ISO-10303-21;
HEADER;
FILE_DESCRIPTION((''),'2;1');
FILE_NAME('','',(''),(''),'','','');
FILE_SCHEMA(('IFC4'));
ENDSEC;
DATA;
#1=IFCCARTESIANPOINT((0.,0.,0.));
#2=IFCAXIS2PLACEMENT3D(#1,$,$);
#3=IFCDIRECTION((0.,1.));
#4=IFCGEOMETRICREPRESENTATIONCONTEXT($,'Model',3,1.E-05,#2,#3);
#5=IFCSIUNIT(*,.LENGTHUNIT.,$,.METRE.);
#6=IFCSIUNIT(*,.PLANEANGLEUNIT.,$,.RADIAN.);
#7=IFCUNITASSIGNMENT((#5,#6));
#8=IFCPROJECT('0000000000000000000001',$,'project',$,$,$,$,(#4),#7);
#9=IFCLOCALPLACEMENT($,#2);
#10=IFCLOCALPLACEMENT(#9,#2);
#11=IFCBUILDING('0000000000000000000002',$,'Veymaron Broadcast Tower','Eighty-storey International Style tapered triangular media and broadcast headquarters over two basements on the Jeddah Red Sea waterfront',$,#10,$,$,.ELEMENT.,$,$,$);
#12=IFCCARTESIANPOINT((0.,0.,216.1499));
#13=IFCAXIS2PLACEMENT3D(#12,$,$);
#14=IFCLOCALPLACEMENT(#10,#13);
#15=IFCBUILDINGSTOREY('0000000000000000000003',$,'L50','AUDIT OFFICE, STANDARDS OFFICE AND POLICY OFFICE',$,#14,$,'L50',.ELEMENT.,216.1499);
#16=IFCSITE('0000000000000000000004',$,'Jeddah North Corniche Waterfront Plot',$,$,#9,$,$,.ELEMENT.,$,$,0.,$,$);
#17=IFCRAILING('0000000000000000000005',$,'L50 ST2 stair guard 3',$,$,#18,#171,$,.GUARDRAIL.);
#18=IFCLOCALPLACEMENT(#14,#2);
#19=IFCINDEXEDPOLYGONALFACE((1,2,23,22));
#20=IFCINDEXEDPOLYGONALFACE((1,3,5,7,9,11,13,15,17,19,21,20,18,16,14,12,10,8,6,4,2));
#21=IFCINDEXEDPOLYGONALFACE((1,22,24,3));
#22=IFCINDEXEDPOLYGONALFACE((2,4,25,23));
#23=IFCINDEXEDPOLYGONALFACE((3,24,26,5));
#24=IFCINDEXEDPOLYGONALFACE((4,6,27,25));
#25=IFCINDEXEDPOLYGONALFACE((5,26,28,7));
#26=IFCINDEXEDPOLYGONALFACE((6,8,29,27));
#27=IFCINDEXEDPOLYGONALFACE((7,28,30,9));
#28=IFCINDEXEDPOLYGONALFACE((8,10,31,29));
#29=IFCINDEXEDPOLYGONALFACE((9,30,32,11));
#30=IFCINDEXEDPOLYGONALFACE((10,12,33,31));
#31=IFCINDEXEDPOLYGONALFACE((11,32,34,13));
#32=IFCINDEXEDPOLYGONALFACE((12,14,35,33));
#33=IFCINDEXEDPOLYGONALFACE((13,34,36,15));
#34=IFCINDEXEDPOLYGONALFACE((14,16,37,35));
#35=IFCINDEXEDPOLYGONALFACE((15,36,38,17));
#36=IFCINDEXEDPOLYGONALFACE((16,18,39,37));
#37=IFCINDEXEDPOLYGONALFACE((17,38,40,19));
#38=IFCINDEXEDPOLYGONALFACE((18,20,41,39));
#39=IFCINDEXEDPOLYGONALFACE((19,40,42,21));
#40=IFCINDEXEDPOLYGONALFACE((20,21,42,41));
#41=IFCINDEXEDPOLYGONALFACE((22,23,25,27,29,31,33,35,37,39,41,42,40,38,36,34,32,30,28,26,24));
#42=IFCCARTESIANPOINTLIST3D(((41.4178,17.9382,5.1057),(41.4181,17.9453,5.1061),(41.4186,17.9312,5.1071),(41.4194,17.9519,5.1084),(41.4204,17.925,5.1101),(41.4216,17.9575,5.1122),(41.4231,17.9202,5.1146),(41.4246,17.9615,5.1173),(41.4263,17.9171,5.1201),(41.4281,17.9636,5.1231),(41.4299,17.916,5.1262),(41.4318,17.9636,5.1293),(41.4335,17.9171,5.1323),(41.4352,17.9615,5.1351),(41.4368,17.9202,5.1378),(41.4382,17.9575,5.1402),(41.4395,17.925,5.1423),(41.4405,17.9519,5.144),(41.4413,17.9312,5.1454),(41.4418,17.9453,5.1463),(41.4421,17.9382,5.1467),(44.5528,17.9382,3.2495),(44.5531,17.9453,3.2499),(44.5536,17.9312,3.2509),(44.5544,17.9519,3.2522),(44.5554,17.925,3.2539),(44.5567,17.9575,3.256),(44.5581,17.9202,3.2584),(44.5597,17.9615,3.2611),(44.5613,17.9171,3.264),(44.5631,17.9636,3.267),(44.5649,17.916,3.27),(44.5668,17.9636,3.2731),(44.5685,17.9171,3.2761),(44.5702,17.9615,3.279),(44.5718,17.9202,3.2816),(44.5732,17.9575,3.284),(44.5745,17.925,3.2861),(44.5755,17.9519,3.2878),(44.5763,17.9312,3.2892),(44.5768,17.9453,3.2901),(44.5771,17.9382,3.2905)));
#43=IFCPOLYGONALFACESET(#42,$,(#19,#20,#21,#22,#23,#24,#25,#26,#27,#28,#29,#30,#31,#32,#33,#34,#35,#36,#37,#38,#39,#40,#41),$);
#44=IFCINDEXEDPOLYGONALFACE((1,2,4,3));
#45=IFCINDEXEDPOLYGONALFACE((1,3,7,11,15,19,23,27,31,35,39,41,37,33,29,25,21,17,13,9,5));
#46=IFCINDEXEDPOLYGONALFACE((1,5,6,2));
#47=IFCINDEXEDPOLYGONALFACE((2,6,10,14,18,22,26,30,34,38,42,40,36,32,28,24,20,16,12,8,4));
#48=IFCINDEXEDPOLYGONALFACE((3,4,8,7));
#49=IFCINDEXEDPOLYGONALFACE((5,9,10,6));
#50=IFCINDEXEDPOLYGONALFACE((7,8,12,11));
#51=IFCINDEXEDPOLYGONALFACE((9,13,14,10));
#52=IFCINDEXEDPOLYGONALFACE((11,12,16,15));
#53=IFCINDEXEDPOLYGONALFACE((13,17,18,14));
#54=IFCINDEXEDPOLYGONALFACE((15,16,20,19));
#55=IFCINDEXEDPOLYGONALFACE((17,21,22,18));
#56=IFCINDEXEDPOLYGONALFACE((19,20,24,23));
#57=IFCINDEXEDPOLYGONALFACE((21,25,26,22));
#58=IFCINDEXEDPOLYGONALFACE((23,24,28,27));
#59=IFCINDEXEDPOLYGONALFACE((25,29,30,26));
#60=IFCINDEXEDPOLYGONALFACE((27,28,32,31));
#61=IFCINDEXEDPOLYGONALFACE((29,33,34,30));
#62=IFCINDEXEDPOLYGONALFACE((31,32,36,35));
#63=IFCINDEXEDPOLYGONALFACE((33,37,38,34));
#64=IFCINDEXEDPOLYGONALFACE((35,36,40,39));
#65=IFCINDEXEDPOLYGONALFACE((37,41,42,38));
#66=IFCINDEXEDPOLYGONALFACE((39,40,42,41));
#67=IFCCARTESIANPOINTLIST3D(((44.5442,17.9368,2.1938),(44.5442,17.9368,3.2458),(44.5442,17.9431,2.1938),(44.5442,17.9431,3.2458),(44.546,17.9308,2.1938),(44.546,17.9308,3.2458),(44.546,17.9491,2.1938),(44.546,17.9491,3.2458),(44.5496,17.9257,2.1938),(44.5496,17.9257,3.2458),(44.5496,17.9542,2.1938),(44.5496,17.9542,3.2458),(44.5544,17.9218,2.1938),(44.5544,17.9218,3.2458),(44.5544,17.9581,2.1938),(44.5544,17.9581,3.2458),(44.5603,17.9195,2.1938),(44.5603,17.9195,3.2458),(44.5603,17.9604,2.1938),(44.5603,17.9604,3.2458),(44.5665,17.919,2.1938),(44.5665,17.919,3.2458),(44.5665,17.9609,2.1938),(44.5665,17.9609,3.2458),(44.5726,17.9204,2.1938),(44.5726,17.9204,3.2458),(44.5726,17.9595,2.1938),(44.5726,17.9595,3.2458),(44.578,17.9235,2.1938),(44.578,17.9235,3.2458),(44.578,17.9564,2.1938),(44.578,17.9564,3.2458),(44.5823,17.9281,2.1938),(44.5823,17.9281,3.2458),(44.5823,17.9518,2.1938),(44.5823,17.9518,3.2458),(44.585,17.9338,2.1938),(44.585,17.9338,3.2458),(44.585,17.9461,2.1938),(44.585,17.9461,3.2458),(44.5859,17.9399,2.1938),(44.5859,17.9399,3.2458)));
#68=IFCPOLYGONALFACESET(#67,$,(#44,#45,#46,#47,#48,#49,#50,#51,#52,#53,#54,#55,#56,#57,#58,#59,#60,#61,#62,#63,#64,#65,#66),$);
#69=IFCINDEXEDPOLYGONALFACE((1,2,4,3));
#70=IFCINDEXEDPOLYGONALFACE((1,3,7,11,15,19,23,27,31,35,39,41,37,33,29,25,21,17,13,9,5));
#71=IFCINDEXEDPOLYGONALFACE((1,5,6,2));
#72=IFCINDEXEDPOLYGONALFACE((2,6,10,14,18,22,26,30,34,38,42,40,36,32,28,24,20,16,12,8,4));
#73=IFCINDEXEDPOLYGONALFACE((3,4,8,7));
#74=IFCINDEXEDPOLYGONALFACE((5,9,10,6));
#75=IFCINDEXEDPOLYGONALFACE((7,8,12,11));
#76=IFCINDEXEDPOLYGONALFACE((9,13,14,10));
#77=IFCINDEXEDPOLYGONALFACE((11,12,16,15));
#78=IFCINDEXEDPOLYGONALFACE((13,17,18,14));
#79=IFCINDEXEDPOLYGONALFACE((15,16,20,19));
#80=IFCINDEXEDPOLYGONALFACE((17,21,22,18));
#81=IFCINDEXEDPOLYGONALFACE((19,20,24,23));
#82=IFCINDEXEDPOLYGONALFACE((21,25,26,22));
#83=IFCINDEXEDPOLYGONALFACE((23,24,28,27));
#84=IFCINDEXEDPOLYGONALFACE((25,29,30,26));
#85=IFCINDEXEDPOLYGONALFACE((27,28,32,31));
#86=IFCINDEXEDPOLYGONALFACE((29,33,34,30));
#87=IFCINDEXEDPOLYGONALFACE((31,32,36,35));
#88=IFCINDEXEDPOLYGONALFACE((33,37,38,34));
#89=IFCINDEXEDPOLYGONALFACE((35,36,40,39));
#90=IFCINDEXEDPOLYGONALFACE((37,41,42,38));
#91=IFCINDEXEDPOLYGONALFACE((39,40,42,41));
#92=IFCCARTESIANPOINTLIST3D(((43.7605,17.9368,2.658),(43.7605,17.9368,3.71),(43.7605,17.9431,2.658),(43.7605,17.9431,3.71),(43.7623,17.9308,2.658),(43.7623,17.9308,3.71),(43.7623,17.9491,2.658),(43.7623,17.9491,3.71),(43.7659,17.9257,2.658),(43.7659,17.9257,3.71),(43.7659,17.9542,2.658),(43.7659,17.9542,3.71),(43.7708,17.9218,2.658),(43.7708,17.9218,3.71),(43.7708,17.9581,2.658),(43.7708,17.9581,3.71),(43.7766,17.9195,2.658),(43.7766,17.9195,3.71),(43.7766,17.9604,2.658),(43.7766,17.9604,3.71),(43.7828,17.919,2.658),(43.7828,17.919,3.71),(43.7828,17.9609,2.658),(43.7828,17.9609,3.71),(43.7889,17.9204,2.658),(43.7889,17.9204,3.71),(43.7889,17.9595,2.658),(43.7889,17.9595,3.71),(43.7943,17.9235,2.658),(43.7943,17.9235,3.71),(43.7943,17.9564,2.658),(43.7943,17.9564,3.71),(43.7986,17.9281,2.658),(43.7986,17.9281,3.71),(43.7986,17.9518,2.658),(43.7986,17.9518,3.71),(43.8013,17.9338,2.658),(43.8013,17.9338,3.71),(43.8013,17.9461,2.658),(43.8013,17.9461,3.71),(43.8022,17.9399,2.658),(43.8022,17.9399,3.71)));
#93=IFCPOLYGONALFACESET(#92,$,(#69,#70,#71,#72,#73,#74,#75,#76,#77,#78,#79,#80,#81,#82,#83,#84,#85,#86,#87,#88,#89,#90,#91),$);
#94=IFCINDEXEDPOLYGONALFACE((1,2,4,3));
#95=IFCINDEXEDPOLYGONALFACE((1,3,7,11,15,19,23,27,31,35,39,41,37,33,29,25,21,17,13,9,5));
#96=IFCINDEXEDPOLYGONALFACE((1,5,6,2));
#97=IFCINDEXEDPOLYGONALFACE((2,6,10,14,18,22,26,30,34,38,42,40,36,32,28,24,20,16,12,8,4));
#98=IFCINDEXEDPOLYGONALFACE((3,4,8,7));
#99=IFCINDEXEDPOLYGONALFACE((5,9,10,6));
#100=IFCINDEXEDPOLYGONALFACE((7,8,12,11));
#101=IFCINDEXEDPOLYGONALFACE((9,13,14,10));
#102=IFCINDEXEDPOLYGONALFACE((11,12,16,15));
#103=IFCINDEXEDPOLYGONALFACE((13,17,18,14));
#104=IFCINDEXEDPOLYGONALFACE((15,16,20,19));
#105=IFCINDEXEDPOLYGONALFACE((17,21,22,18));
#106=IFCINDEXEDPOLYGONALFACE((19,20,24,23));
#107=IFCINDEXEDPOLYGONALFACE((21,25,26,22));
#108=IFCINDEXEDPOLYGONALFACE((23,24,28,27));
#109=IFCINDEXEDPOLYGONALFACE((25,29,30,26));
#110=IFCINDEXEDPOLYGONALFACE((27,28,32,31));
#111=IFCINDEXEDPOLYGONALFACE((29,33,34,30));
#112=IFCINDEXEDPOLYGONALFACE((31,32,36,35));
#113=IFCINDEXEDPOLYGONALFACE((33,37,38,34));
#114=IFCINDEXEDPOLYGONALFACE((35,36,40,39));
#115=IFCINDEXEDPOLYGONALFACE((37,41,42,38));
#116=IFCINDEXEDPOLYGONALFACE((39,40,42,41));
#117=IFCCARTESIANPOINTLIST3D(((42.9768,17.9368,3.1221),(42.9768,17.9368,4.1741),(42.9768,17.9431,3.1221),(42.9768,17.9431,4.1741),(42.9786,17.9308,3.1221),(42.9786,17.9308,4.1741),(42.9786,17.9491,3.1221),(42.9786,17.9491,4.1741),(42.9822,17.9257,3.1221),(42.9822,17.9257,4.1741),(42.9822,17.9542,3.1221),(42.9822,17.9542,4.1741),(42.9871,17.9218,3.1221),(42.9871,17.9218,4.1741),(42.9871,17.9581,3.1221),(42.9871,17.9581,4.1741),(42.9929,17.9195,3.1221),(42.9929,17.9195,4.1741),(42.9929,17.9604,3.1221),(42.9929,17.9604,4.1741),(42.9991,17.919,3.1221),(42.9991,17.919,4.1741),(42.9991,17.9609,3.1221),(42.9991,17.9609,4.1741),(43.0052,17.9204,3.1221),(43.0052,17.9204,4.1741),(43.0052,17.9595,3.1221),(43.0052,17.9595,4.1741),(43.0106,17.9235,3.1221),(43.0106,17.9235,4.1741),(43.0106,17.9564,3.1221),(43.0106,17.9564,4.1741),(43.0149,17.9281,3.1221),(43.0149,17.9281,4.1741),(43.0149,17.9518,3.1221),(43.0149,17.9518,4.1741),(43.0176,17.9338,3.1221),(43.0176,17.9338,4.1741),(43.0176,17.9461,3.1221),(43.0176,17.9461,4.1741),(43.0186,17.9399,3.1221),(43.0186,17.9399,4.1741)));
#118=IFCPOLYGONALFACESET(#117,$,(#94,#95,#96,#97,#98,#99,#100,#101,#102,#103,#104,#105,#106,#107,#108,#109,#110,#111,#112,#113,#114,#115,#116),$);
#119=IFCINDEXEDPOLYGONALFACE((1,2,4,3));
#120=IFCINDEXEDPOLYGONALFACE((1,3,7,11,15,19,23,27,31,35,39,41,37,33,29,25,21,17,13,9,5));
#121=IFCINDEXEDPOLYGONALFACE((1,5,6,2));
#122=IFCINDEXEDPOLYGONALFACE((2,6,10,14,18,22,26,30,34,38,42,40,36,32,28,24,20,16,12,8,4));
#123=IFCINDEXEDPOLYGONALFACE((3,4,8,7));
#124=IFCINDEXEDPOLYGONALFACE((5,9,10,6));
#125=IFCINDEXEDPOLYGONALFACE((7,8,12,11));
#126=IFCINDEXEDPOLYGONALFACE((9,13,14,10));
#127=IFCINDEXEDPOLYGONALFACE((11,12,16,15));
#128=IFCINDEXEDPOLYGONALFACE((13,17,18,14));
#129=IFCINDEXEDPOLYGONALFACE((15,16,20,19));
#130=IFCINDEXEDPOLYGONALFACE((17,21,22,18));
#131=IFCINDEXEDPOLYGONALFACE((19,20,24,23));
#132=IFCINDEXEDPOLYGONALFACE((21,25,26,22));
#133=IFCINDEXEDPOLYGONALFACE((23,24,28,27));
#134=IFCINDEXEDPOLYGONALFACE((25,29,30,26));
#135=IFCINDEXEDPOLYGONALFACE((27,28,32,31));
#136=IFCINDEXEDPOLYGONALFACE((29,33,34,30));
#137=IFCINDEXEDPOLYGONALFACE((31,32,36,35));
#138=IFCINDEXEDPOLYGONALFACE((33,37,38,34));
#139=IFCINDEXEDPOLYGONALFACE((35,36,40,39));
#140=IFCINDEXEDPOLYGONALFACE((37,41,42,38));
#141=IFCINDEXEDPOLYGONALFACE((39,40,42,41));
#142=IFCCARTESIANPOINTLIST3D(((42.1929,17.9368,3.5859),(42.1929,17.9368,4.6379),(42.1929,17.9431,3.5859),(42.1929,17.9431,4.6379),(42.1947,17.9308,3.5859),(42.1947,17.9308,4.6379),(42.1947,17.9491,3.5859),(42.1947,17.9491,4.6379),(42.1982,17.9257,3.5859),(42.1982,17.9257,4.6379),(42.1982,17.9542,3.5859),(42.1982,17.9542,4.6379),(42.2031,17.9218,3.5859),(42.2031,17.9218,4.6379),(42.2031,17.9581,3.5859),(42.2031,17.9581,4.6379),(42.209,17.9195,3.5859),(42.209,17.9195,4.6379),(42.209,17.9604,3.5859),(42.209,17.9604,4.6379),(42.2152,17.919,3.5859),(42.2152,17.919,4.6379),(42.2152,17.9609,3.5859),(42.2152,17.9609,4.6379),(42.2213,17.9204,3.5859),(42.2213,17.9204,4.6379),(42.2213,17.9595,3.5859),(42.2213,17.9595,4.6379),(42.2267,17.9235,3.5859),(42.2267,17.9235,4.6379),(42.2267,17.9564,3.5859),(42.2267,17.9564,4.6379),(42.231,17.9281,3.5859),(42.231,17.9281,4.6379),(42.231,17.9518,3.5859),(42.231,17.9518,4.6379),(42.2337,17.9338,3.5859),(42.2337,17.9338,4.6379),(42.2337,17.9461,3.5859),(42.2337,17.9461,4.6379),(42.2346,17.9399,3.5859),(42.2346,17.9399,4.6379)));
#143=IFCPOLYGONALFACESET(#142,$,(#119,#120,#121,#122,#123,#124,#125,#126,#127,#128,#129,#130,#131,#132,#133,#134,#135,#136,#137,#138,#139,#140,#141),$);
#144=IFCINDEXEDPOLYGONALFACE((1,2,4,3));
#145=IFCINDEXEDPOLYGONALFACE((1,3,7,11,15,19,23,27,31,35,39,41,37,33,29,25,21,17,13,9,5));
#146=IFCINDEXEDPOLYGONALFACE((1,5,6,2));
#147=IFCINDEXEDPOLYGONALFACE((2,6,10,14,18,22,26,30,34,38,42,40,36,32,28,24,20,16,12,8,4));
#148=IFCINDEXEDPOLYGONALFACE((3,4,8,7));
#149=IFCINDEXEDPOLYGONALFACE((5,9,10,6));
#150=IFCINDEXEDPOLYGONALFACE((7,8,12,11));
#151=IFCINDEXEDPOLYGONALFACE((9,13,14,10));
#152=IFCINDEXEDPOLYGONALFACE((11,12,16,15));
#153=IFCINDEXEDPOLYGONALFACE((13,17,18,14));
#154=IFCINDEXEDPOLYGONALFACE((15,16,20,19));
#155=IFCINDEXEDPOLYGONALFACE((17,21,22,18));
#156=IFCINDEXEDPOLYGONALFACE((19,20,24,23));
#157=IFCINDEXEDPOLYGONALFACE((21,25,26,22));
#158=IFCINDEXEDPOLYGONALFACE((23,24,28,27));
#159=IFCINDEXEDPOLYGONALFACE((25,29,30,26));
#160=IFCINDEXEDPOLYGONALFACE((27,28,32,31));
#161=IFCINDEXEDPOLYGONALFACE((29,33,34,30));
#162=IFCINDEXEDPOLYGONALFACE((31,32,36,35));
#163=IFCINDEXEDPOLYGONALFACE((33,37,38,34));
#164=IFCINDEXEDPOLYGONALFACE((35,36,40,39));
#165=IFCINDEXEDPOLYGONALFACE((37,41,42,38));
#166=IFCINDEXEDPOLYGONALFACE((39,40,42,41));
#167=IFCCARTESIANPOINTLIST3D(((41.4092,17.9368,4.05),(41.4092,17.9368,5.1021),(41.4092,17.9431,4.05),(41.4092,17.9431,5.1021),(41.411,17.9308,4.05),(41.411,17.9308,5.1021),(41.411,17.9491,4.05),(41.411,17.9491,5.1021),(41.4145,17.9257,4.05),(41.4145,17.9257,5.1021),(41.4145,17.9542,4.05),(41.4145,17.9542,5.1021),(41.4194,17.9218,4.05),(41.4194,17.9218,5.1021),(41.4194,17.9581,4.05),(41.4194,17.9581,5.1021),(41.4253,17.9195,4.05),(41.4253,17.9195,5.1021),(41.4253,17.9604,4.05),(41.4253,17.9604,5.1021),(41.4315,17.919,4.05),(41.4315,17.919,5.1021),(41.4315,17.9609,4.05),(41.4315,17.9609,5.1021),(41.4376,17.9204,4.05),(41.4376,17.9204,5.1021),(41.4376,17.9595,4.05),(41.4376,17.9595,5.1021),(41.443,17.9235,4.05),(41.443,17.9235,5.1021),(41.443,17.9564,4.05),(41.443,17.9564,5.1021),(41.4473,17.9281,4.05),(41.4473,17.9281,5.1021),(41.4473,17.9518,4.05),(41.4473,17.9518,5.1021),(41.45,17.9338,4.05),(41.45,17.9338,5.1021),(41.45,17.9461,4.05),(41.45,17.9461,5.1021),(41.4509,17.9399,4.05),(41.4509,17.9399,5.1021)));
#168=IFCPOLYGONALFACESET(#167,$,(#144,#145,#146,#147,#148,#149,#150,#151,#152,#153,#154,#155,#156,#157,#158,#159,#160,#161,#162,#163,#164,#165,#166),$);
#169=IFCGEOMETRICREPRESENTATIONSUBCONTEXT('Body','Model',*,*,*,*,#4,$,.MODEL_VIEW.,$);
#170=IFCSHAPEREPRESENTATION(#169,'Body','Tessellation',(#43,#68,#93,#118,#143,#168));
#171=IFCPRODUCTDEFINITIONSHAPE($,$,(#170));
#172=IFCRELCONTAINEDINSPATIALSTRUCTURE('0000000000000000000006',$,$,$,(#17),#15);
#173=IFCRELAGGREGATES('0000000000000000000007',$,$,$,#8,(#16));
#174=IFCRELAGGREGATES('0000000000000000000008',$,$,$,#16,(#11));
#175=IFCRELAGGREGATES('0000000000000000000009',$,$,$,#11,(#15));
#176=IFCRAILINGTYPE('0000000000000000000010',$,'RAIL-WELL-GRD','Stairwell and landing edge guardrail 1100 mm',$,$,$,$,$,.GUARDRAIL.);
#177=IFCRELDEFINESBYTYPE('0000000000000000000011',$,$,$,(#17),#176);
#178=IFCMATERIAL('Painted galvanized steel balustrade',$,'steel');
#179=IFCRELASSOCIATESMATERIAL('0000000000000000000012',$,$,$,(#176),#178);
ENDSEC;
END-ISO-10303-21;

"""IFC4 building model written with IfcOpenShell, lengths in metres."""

from ifc_helpers import new_model, si_unit, direction, frame, origin, origin_2d, place, context, subcontext, project, spatial, circle, extrude, material, type_object, element, save


model = new_model("IFC4")

# Units and contexts
model_context = context("Model", 3, precision=1e-05, world=origin(), true_north=direction((0.0, 1.0)))
body_context = subcontext(model_context, "Body", "Model", "MODEL_VIEW")
ifc_project = project(units=[si_unit("LENGTHUNIT", "METRE"), si_unit("PLANEANGLEUNIT", "RADIAN")], contexts=[model_context])

# Site, building, storey
site_placement = place(None, origin())
site = spatial("IfcSite", under=ifc_project, at=site_placement, Name="Jeddah North Corniche Waterfront Plot", CompositionType="ELEMENT", RefElevation=0.0)
building_placement = place(site_placement, origin())
building = spatial("IfcBuilding", under=site, at=building_placement, Name="Veymaron Broadcast Tower", Description="Eighty-storey International Style tapered triangular media and broadcast headquarters over two basements on the Jeddah Red Sea waterfront", CompositionType="ELEMENT")
storey_placement = place(building_placement, frame((0.0, 0.0, 216.1499)))
storey = spatial("IfcBuildingStorey", under=building, at=storey_placement, Name="L50", Description="AUDIT OFFICE, STANDARDS OFFICE AND POLICY OFFICE", LongName="L50", CompositionType="ELEMENT", Elevation=216.1499)

# Railing
ifc_material_1 = material(Name="Painted galvanized steel balustrade", Category="steel")
railing_type_1 = type_object("IfcRailingType", Name="RAIL-WELL-GRD", Description="Stairwell and landing edge guardrail 1100 mm", PredefinedType="GUARDRAIL", material=ifc_material_1)
railing_1_placement = place(storey_placement, frame((44.5649, 17.9399, 2.1938)))
element("IfcRailing", 1, at=railing_1_placement, inside=storey, type_object=railing_type_1, Name="L50 ST2 stair guard 3", PredefinedType="GUARDRAIL", context=body_context, shape_type="SweptSolid", body=[
    extrude(circle(Radius=0.0239, at=origin_2d()), frame((0.0, 0.0, 1.0762), z_axis=(-0.860482, 0.0, 0.509481), x_axis=(0.0, -1.0, 0.0)), (0.0, 0.0, 1.0), 3.6433),
    extrude(circle(Radius=0.021, at=origin_2d()), origin(), (0.0, 0.0, 1.0), 1.052),
    extrude(circle(Radius=0.021, at=origin_2d()), frame((-0.7837, 0.0, 0.4641)), (0.0, 0.0, 1.0), 1.052),
    extrude(circle(Radius=0.021, at=origin_2d()), frame((-1.5674, 0.0, 0.9282)), (0.0, 0.0, 1.0), 1.052),
    extrude(circle(Radius=0.021, at=origin_2d()), frame((-2.3513, 0.0, 1.3921)), (0.0, 0.0, 1.0), 1.052),
    extrude(circle(Radius=0.021, at=origin_2d()), frame((-3.135, 0.0, 1.8562)), (0.0, 0.0, 1.0), 1.052),
])

save(model, "model.ifc")
